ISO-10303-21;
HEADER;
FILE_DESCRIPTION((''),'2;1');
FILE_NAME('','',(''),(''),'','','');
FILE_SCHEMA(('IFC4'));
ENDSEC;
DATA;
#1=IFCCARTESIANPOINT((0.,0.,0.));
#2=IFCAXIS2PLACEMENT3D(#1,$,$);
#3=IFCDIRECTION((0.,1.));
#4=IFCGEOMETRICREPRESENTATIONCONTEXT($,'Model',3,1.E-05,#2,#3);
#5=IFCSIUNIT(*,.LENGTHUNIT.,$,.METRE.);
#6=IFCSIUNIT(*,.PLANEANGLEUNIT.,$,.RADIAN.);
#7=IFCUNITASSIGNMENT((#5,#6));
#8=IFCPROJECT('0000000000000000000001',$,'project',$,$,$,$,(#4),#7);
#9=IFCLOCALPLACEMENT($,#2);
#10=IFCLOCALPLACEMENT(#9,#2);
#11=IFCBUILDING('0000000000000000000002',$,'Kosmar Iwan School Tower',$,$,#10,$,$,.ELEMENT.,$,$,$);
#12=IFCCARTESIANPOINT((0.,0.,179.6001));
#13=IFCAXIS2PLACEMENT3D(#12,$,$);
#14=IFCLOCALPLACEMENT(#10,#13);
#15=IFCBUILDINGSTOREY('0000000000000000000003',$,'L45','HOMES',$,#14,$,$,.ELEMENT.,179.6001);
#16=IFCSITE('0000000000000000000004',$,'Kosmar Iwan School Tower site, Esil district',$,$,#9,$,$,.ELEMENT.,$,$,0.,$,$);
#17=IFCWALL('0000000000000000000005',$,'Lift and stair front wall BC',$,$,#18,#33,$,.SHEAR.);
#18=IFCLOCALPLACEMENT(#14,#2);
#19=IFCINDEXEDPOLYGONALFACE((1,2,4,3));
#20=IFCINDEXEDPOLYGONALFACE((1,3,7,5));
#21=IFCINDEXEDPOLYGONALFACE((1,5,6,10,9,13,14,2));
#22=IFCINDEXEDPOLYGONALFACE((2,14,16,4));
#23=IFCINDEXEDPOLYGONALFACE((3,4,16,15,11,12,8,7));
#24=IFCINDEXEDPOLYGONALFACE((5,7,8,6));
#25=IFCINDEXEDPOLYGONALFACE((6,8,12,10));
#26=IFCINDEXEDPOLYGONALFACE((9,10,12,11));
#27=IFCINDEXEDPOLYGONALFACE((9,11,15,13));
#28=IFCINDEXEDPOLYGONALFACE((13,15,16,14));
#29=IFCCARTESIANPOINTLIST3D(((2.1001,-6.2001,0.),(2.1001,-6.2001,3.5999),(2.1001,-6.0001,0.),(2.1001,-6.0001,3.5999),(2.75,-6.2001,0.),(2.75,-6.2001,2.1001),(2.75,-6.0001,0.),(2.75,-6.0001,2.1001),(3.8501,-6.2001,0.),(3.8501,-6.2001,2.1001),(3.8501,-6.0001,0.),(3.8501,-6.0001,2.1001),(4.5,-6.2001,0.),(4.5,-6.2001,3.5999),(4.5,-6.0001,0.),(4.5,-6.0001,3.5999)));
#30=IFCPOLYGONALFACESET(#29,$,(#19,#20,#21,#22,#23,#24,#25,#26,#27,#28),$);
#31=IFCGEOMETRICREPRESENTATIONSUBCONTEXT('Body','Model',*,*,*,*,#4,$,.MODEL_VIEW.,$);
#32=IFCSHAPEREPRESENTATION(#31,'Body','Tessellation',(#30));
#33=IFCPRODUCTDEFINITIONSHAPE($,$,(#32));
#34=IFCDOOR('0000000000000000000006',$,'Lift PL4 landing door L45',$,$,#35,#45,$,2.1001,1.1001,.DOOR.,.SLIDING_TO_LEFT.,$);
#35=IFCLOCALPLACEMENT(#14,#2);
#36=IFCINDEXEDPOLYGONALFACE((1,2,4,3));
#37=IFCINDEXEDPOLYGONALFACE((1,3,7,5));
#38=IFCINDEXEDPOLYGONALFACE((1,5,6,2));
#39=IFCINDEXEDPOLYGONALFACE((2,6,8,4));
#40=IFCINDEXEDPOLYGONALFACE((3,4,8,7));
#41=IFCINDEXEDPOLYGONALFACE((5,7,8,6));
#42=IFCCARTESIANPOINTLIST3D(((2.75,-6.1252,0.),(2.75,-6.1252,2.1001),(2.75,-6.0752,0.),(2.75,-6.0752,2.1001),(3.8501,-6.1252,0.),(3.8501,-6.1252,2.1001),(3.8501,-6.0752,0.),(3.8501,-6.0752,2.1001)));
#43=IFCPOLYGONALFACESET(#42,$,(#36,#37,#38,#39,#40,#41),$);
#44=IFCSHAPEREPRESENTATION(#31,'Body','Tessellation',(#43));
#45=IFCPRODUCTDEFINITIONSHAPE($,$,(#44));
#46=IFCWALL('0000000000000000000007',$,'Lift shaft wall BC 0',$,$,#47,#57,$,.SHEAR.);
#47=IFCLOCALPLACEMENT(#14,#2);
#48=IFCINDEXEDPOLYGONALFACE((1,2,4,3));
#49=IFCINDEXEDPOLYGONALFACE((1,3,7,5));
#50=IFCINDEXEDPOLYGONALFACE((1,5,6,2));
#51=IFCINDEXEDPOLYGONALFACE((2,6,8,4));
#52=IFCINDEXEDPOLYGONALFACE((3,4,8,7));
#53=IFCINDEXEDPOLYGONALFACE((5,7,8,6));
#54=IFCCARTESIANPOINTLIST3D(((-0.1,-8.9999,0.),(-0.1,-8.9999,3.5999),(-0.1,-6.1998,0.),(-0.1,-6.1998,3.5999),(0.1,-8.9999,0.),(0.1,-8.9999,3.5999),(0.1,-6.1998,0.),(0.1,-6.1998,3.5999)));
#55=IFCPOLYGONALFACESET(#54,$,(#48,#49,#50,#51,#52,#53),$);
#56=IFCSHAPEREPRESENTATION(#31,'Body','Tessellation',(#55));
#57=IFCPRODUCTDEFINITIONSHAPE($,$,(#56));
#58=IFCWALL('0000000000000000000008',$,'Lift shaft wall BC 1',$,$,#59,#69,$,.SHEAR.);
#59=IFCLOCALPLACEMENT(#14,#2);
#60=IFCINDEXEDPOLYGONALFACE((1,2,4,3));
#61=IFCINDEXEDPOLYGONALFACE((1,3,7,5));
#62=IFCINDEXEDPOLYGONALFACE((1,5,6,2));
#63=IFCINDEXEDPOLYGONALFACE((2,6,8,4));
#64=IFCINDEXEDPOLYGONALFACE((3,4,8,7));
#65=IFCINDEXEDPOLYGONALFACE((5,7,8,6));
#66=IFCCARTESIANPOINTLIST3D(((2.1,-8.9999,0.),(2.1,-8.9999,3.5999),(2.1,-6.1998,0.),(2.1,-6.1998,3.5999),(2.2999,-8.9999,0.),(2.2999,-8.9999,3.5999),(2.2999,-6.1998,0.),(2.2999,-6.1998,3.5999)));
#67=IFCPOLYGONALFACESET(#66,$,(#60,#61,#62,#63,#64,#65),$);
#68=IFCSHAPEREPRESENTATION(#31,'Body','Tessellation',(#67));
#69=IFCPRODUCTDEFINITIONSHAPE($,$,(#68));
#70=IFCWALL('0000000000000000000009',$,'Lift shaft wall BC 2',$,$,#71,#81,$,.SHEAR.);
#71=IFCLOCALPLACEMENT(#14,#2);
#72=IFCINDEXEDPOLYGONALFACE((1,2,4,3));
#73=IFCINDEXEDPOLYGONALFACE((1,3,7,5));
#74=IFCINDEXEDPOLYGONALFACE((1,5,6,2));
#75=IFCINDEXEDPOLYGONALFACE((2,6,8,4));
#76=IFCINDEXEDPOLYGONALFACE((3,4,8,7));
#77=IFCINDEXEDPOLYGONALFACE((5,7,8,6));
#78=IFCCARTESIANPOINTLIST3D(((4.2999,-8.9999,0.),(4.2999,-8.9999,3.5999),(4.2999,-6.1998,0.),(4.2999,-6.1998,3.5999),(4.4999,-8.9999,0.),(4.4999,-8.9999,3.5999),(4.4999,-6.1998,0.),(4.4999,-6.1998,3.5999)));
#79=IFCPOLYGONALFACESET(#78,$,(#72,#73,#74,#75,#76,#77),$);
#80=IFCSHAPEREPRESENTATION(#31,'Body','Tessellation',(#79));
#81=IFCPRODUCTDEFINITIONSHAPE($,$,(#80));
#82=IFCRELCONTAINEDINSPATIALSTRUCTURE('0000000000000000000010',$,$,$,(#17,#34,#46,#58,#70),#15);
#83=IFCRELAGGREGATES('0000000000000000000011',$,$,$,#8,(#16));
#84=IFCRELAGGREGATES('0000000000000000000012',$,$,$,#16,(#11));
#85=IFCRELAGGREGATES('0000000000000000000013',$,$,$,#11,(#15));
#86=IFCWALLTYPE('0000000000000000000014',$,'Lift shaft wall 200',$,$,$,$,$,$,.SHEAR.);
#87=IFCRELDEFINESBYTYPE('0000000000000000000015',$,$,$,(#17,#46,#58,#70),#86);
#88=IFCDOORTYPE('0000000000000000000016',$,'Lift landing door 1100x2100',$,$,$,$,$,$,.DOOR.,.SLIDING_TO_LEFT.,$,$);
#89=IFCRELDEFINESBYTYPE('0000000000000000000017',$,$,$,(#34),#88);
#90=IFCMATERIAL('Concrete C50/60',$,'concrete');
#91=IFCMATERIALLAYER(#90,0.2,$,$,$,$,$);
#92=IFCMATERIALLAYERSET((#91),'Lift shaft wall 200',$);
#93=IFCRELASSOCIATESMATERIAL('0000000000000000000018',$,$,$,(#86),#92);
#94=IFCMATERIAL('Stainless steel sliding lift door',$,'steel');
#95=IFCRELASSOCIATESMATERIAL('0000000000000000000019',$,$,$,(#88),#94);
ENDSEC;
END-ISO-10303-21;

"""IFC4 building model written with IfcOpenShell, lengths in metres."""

from ifc_helpers import new_model, si_unit, direction, frame, frame_2d, origin, place, context, subcontext, project, spatial, rectangle, extrude, material, layer, layer_set, type_object, element, fill, save


model = new_model("IFC4")

# Units and contexts
model_context = context("Model", 3, precision=1e-05, world=origin(), true_north=direction((0.0, 1.0)))
body_context = subcontext(model_context, "Body", "Model", "MODEL_VIEW")
ifc_project = project(units=[si_unit("LENGTHUNIT", "METRE"), si_unit("PLANEANGLEUNIT", "RADIAN")], contexts=[model_context])

# Site, building, storey
site_placement = place(None, origin())
site = spatial("IfcSite", under=ifc_project, at=site_placement, Name="Kosmar Iwan School Tower site, Esil district", CompositionType="ELEMENT", RefElevation=0.0)
building_placement = place(site_placement, origin())
building = spatial("IfcBuilding", under=site, at=building_placement, Name="Kosmar Iwan School Tower", CompositionType="ELEMENT")
storey_placement = place(building_placement, frame((0.0, 0.0, 179.6001)))
storey = spatial("IfcBuildingStorey", under=building, at=storey_placement, Name="L45", Description="HOMES", CompositionType="ELEMENT", Elevation=179.6001)

# Wall, opening, door
ifc_material_1 = material(Name="Concrete C50/60", Category="concrete")
ifc_layer_1 = layer(ifc_material_1, 0.2)
ifc_layer_set_1 = layer_set([ifc_layer_1], Name="Lift shaft wall 200")
wall_type_1 = type_object("IfcWallType", Name="Lift shaft wall 200", PredefinedType="SHEAR", material=ifc_layer_set_1)
wall_1_placement = place(storey_placement, frame((2.1001, -6.1001, 0.0), z_axis=(0.0, 0.0, 1.0), x_axis=(1.0, 0.0, 0.0)))
wall_1 = element("IfcWall", 1, at=wall_1_placement, inside=storey, type_object=wall_type_1, Name="Lift and stair front wall BC", PredefinedType="SHEAR", context=body_context, shape_type="SweptSolid", body=[
    extrude(rectangle(XDim=2.3999, YDim=0.2, at=frame_2d((1.2, 0.0))), origin(), (0.0, 0.0, 1.0), 3.5999),
])
opening_1_placement = place(wall_1_placement, frame((0.6499, 0.0, 0.0)))
opening_1 = element("IfcOpeningElement", 2, at=opening_1_placement, cuts=wall_1, PredefinedType="OPENING", context=body_context, shape_type="SweptSolid", body=[
    extrude(rectangle(XDim=1.1001, YDim=2.1001, at=frame_2d((0.55, 1.05))), frame((0.0, 0.1121, 0.0), z_axis=(0.0, -1.0, 0.0), x_axis=(1.0, 0.0, 0.0)), (0.0, 0.0, 1.0), 0.2239),
])
ifc_material_2 = material(Name="Stainless steel sliding lift door", Category="steel")
door_type_1 = type_object("IfcDoorType", Name="Lift landing door 1100x2100", OperationType="SLIDING_TO_LEFT", PredefinedType="DOOR", material=ifc_material_2)
door_1_placement = place(opening_1_placement, origin())
door_1 = element("IfcDoor", 3, at=door_1_placement, inside=storey, type_object=door_type_1, Name="Lift PL4 landing door L45", OperationType="SLIDING_TO_LEFT", OverallHeight=2.1001, OverallWidth=1.1001, PredefinedType="DOOR", context=body_context, shape_type="SweptSolid", body=[
    extrude(rectangle(XDim=1.1001, YDim=2.1001, at=frame_2d((0.55, 1.05))), frame((0.0, 0.0249, 0.0), z_axis=(0.0, -1.0, 0.0), x_axis=(1.0, 0.0, 0.0)), (0.0, 0.0, 1.0), 0.05),
])
fill(opening_1, door_1)

# Walls
for number, where, z_axis, x_axis, name in (
    (4, (0.0, -6.2, 0.0), (0.0, 0.0, 1.0), (0.0, -1.0, 0.0), "Lift shaft wall BC 0"),
    (5, (2.2, -6.2, 0.0), (0.0, 0.0, 1.0), (0.0, -1.0, 0.0), "Lift shaft wall BC 1"),
    (6, (4.3999, -6.2, 0.0), (0.0, 0.0, 1.0), (0.0, -1.0, 0.0), "Lift shaft wall BC 2"),
):
    element("IfcWall", number, at=place(storey_placement, frame(where, z_axis=z_axis, x_axis=x_axis)), inside=storey, type_object=wall_type_1, Name=name, PredefinedType="SHEAR", context=body_context, shape_type="SweptSolid", body=[
        extrude(rectangle(XDim=2.8, YDim=0.2, at=frame_2d((1.3999, 0.0))), origin(), (0.0, 0.0, 1.0), 3.5999),
    ])

save(model, "model.ifc")
